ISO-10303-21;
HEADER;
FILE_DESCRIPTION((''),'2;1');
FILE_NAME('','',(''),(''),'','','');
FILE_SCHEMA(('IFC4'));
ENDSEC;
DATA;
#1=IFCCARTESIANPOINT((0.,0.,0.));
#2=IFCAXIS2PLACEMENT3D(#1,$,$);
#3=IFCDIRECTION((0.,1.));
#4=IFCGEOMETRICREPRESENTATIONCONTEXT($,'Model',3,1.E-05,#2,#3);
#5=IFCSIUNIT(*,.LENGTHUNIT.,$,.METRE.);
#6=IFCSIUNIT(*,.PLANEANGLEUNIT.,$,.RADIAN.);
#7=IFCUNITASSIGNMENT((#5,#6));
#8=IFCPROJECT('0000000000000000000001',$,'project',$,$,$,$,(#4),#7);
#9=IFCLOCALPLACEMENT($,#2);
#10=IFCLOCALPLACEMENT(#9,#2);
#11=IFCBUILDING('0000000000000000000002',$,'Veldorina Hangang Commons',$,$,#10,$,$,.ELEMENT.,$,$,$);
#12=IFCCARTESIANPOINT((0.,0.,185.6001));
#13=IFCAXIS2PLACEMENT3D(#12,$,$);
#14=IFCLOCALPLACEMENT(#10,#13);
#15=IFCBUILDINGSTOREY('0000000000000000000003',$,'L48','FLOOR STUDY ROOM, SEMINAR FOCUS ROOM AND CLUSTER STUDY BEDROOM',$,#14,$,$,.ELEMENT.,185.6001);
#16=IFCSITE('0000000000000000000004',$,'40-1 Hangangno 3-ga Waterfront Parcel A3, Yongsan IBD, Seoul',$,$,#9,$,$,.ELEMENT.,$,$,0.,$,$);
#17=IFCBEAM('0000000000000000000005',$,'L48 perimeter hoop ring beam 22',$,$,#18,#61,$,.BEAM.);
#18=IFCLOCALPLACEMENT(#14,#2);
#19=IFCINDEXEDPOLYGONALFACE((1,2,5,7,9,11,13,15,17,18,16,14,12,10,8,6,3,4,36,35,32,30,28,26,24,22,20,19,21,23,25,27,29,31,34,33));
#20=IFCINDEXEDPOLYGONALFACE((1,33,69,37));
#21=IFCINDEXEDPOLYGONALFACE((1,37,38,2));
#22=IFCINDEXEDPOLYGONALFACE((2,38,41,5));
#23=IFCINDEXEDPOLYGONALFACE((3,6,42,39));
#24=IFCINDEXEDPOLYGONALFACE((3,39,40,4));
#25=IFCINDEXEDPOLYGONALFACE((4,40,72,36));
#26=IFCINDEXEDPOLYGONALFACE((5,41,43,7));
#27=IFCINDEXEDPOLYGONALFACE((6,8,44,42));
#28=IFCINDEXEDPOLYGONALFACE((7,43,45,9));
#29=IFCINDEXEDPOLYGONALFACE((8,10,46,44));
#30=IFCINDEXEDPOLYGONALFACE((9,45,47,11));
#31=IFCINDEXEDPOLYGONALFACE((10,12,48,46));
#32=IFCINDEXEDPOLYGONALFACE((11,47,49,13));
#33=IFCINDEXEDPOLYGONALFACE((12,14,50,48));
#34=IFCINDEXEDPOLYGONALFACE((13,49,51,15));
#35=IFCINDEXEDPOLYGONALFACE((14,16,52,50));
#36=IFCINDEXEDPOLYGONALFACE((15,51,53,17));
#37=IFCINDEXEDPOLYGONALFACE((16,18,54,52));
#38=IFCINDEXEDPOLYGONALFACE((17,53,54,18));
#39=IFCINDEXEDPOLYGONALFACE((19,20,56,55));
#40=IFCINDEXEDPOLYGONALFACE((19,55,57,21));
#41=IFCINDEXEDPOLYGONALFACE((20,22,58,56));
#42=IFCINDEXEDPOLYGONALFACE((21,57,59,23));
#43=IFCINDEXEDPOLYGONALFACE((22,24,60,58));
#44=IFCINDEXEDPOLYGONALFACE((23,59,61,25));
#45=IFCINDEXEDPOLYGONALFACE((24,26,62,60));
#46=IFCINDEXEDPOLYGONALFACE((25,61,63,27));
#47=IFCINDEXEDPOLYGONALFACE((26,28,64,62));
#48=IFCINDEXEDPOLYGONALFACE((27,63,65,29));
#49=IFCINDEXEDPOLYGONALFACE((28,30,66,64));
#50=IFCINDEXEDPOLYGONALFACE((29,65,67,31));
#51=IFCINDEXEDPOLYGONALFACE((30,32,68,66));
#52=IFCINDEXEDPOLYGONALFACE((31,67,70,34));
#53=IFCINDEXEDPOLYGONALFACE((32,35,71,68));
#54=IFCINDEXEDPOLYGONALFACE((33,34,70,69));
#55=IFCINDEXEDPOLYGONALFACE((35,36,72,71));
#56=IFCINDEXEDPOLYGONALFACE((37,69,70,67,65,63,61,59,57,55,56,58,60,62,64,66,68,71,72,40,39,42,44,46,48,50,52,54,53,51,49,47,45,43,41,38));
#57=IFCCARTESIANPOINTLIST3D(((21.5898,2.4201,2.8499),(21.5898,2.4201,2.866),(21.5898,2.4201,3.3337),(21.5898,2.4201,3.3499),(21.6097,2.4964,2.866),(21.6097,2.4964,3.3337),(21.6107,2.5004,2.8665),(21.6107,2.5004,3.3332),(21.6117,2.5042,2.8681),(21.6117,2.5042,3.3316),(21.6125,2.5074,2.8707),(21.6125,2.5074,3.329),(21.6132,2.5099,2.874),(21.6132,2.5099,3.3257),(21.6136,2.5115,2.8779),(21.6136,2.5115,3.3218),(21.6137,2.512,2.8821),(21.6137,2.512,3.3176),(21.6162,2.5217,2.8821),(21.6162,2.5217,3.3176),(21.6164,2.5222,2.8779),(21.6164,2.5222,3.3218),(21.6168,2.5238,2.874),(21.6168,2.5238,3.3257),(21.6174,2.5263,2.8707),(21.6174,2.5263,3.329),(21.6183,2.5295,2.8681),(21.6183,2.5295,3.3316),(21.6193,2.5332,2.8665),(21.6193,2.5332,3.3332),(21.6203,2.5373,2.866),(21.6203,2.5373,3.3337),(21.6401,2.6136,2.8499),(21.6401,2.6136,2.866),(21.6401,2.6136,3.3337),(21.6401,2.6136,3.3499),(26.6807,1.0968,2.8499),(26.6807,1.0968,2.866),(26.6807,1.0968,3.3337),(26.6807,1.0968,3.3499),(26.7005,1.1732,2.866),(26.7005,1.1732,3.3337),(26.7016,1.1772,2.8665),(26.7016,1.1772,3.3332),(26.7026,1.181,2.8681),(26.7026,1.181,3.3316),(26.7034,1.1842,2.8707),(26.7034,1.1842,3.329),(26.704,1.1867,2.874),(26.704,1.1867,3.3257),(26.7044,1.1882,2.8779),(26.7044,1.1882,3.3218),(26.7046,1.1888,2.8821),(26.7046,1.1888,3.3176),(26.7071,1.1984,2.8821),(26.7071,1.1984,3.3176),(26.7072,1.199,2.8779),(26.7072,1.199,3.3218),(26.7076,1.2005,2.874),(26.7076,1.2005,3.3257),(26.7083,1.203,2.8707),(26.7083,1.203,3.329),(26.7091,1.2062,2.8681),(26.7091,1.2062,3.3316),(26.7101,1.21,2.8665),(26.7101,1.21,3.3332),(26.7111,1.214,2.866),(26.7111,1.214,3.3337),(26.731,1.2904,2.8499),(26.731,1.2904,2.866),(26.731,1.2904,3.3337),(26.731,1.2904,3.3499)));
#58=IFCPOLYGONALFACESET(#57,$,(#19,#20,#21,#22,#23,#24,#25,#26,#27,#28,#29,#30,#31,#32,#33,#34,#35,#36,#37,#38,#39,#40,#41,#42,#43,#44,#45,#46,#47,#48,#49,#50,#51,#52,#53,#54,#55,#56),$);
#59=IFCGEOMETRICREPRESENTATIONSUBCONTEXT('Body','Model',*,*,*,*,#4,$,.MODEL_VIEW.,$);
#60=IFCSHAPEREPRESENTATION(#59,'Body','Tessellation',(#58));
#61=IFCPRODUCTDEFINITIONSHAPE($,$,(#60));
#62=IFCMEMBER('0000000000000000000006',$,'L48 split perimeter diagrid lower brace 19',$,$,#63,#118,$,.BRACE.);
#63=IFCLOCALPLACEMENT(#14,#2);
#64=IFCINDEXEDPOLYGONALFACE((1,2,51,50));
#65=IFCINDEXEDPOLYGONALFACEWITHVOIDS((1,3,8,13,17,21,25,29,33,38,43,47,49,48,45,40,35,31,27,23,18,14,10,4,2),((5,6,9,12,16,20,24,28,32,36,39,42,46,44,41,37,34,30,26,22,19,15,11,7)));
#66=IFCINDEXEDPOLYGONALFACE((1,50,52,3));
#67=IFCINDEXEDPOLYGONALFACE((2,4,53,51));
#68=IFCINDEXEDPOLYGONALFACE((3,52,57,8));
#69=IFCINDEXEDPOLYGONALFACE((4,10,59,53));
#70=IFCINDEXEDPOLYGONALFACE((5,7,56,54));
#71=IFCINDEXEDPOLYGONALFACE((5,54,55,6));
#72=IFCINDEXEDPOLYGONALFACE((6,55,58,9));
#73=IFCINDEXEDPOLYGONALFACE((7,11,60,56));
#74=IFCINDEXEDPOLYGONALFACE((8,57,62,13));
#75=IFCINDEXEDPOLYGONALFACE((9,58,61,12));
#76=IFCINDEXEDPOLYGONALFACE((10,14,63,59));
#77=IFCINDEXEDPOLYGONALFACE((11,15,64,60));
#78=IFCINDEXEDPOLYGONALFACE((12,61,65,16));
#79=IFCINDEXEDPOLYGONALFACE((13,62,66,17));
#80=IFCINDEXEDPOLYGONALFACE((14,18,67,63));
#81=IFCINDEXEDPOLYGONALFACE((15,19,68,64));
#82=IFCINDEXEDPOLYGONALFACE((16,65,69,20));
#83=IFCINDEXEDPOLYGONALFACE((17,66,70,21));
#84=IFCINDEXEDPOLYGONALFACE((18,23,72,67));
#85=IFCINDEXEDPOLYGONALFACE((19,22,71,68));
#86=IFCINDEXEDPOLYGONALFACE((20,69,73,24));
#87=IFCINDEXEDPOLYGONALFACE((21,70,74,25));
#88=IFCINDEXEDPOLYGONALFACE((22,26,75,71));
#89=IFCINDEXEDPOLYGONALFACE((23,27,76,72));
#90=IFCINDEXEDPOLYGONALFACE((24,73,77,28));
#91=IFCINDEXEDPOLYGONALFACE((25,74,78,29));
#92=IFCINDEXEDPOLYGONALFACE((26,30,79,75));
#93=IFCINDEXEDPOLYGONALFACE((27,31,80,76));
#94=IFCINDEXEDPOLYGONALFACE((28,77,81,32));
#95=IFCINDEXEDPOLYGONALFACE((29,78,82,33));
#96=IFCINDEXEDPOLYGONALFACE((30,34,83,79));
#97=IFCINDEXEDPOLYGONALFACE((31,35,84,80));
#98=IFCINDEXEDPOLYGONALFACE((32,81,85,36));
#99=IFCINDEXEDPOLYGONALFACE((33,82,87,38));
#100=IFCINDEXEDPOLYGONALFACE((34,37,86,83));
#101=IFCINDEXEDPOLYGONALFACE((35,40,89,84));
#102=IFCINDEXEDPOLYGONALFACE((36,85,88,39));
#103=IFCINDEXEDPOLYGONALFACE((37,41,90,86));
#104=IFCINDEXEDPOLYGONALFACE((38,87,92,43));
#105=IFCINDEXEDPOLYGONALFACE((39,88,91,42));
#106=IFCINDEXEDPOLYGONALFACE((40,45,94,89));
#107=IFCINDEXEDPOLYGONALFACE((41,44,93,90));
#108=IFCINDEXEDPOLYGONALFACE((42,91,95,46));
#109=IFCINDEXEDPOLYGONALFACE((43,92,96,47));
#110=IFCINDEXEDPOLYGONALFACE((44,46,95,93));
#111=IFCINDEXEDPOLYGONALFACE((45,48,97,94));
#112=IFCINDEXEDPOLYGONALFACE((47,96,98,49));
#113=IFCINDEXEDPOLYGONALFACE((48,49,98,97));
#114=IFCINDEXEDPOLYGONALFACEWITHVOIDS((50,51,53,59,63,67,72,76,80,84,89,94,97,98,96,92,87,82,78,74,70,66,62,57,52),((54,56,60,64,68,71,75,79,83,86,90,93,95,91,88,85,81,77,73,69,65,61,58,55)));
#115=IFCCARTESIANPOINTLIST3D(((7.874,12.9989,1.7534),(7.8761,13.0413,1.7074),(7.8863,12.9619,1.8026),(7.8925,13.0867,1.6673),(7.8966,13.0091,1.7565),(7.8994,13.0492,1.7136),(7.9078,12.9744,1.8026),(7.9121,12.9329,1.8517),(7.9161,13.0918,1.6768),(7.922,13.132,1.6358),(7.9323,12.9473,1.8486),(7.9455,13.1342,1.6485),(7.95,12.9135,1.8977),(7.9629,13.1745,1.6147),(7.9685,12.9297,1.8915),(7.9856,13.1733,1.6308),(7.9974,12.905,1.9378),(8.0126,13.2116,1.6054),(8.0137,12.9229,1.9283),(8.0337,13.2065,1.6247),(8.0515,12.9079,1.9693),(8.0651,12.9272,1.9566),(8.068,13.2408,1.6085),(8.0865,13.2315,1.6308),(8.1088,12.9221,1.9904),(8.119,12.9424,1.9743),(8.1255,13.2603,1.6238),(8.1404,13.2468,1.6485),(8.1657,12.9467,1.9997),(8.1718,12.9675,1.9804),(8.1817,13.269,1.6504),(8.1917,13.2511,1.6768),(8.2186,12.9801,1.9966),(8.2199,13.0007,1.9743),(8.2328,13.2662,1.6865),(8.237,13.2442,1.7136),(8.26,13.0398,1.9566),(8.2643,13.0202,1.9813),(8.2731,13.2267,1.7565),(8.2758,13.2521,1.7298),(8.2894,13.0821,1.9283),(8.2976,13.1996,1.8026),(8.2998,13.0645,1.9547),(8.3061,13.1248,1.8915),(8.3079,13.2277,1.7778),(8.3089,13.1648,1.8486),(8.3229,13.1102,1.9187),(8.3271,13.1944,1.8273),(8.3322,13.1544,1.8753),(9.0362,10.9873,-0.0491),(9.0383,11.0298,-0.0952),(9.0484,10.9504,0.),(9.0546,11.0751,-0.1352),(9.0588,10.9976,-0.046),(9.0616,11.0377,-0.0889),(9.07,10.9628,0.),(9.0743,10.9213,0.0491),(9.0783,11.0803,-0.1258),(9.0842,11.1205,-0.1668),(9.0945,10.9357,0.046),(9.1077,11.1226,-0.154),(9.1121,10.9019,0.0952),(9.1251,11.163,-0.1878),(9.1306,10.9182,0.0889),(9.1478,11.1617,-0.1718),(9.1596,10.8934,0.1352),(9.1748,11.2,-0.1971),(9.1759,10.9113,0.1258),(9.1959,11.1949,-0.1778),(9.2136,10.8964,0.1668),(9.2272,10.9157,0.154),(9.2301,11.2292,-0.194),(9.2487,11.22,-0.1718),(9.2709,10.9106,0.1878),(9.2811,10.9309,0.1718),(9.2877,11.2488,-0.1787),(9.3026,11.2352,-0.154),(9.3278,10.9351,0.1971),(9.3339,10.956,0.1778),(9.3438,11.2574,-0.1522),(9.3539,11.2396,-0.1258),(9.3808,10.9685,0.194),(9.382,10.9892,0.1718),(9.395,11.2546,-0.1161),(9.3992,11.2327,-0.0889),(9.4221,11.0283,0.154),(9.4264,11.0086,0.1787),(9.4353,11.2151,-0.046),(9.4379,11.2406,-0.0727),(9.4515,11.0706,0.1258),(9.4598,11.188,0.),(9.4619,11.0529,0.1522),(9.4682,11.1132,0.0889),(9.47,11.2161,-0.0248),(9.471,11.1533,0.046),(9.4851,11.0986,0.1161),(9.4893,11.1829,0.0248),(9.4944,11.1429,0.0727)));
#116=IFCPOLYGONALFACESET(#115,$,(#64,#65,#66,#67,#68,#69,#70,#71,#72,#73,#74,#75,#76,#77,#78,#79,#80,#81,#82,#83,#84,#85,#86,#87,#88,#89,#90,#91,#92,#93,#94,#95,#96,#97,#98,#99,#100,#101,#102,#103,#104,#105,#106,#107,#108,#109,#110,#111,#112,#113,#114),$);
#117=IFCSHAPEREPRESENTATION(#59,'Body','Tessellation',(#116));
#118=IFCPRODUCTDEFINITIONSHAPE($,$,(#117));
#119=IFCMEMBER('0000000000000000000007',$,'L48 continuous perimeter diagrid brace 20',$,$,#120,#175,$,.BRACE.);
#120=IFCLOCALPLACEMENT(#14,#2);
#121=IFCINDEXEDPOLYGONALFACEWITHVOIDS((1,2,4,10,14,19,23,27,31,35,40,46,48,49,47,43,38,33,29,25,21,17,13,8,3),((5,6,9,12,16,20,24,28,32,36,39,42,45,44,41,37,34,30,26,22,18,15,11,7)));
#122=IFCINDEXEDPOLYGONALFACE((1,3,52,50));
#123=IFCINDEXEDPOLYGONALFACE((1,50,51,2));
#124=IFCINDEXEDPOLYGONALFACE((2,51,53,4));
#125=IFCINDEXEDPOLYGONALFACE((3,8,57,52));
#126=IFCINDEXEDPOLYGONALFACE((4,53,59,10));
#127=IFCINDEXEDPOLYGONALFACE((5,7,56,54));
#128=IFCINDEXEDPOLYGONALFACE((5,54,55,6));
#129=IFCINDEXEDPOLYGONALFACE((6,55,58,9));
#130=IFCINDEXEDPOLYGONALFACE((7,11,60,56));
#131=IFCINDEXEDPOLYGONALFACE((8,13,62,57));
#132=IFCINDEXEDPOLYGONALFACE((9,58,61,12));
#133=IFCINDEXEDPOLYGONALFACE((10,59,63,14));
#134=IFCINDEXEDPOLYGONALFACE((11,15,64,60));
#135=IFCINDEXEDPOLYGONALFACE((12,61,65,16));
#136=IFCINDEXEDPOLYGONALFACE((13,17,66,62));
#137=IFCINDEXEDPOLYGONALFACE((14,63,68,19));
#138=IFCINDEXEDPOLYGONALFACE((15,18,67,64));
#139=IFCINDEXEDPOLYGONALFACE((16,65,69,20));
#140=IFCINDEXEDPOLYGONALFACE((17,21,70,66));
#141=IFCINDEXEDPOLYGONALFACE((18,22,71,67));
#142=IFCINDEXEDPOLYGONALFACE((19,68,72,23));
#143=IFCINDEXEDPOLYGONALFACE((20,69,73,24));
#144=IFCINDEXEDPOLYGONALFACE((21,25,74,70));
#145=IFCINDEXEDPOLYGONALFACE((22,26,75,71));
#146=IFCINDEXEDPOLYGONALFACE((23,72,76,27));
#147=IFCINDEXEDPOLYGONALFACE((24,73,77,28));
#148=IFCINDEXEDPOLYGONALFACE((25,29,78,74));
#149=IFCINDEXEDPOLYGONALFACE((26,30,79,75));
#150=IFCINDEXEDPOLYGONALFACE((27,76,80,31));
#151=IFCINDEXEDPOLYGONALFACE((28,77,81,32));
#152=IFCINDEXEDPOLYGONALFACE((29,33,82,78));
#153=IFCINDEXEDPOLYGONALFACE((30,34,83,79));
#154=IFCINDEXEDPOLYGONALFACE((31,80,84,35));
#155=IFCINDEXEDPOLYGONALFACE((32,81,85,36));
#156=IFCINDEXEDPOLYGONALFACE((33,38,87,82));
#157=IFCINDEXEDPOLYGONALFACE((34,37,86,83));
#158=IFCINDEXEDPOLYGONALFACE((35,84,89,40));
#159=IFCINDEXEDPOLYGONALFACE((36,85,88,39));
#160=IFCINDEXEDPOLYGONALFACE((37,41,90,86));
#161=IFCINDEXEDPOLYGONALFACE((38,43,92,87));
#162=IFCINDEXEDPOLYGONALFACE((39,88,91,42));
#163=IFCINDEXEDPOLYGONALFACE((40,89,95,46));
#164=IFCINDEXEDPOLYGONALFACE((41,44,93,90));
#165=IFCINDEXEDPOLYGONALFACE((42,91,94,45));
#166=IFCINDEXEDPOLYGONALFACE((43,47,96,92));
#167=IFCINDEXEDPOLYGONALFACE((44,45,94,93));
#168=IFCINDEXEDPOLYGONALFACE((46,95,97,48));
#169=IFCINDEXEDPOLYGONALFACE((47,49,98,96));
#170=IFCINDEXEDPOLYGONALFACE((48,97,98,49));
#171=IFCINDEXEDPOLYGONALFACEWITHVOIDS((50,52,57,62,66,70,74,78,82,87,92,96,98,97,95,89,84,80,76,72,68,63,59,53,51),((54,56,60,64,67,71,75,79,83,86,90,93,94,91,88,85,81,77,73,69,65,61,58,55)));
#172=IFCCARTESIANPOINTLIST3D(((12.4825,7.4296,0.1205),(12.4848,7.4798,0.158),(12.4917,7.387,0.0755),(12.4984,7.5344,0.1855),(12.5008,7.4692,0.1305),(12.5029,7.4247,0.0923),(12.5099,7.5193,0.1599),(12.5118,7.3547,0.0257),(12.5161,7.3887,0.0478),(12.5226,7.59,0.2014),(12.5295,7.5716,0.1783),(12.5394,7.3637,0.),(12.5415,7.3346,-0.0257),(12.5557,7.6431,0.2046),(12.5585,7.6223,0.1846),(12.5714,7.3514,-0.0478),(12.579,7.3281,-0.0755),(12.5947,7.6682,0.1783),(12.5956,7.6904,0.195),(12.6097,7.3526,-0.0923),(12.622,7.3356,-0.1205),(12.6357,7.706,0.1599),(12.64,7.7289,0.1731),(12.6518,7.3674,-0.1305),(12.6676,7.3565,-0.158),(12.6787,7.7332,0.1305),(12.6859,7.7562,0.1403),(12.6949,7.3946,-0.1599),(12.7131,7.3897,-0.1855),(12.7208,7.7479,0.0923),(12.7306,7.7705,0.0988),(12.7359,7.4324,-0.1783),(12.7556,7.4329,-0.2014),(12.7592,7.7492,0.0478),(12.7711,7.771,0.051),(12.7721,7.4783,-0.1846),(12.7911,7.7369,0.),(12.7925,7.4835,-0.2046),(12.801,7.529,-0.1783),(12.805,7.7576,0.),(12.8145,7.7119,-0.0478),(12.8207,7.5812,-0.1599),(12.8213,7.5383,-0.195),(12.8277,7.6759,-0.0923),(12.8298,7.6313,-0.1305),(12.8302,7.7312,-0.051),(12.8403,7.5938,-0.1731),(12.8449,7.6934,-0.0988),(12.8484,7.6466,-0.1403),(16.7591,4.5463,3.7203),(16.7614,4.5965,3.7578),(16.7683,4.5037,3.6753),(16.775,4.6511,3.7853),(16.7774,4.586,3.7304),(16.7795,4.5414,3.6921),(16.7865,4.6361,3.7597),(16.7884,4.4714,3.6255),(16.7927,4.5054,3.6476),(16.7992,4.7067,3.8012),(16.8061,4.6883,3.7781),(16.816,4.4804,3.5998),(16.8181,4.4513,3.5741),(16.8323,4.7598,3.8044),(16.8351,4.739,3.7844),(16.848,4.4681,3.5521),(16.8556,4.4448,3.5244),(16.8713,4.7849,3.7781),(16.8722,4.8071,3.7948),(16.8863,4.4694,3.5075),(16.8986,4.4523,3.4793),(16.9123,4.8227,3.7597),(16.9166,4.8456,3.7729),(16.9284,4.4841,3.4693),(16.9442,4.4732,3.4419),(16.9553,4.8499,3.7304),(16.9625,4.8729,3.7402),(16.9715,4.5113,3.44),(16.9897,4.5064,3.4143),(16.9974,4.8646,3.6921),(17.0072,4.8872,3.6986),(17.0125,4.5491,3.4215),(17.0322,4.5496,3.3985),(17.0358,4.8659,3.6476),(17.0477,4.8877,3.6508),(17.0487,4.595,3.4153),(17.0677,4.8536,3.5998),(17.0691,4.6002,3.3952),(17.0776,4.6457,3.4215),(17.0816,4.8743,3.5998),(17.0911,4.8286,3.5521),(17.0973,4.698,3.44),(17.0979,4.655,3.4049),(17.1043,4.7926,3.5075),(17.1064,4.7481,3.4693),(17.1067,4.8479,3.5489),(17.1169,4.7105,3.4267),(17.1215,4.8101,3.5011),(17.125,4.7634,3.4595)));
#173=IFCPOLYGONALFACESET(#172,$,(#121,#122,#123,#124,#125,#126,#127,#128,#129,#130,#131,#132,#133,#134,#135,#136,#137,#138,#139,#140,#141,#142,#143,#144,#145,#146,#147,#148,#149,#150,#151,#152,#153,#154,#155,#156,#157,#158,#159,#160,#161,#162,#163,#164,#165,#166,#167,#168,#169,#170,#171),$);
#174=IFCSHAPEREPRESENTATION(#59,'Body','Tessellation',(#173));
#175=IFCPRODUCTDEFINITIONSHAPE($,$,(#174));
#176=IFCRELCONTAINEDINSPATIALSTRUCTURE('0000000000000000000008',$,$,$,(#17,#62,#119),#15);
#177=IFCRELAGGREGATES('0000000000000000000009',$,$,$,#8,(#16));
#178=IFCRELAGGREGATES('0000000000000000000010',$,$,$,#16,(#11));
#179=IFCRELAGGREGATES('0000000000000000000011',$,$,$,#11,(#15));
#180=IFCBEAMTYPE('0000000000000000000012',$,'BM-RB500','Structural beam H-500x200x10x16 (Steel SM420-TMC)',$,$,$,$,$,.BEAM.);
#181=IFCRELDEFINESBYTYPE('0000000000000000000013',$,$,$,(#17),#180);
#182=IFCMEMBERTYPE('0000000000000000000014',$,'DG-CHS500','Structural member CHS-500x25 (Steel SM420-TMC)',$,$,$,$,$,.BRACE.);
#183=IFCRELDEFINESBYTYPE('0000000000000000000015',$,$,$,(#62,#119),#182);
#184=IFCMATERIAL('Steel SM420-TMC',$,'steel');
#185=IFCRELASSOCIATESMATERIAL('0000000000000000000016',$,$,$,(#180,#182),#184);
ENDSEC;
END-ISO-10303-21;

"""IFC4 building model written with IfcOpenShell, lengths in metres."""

from ifc_helpers import new_model, si_unit, direction, frame, origin, origin_2d, place, context, subcontext, project, spatial, hollow_circle, i_section, extrude, material, material_profile, profile_set, type_object, element, save


model = new_model("IFC4")

# Units and contexts
model_context = context("Model", 3, precision=1e-05, world=origin(), true_north=direction((0.0, 1.0)))
body_context = subcontext(model_context, "Body", "Model", "MODEL_VIEW")
ifc_project = project(units=[si_unit("LENGTHUNIT", "METRE"), si_unit("PLANEANGLEUNIT", "RADIAN")], contexts=[model_context])

# Site, building, storey
site_placement = place(None, origin())
site = spatial("IfcSite", under=ifc_project, at=site_placement, Name="40-1 Hangangno 3-ga Waterfront Parcel A3, Yongsan IBD, Seoul", CompositionType="ELEMENT", RefElevation=0.0)
building_placement = place(site_placement, origin())
building = spatial("IfcBuilding", under=site, at=building_placement, Name="Veldorina Hangang Commons", CompositionType="ELEMENT")
storey_placement = place(building_placement, frame((0.0, 0.0, 185.6001)))
storey = spatial("IfcBuildingStorey", under=building, at=storey_placement, Name="L48", Description="FLOOR STUDY ROOM, SEMINAR FOCUS ROOM AND CLUSTER STUDY BEDROOM", CompositionType="ELEMENT", Elevation=185.6001)

# Beam
ifc_material_1 = material(Name="Steel SM420-TMC", Category="steel")
ifc_material_profile_1 = material_profile(ifc_material_1, i_section(OverallWidth=0.2, OverallDepth=0.5, WebThickness=0.01, FlangeThickness=0.0161, FilletRadius=0.0161, at=origin_2d()), Name="H-500x200x10x16")
ifc_profile_set_1 = profile_set([ifc_material_profile_1], Name="Steel SM420-TMC")
beam_type_1 = type_object("IfcBeamType", Name="BM-RB500", Description="Structural beam H-500x200x10x16 (Steel SM420-TMC)", PredefinedType="BEAM", material=ifc_profile_set_1)
beam_1_placement = place(storey_placement, frame((21.615, 2.5168, 3.0999), z_axis=(0.96784, -0.251568, 0.0), x_axis=(0.251568, 0.96784, 0.0)))
element("IfcBeam", 1, at=beam_1_placement, inside=storey, type_object=beam_type_1, Name="L48 perimeter hoop ring beam 22", PredefinedType="BEAM", context=body_context, shape_type="SweptSolid", body=[
    extrude(i_section(OverallWidth=0.2, OverallDepth=0.5, WebThickness=0.01, FlangeThickness=0.0161, FilletRadius=0.0161, at=origin_2d()), origin(), (0.0, 0.0, 1.0), 5.26),
])

# Members
ifc_material_profile_2 = material_profile(ifc_material_1, hollow_circle(Radius=0.25, WallThickness=0.0249, at=origin_2d()), Name="CHS-500x25")
ifc_profile_set_2 = profile_set([ifc_material_profile_2], Name="Steel SM420-TMC")
member_type = type_object("IfcMemberType", Name="DG-CHS500", Description="Structural member CHS-500x25 (Steel SM420-TMC)", PredefinedType="BRACE", material=ifc_profile_set_2)
member_1_placement = place(storey_placement, frame((9.2649, 11.0754, 0.0), z_axis=(-0.395232, 0.6841, 0.613025), x_axis=(-0.865879, -0.500253, 0.0)))
element("IfcMember", 2, at=member_1_placement, inside=storey, type_object=member_type, Name="L48 split perimeter diagrid lower brace 19", PredefinedType="BRACE", context=body_context, shape_type="SweptSolid", body=[
    extrude(hollow_circle(Radius=0.25, WallThickness=0.0249, at=origin_2d()), origin(), (0.0, 0.0, 1.0), 2.9404),
])
member_2_placement = place(storey_placement, frame((12.6653, 7.5503, 0.0), z_axis=(0.679926, -0.458408, 0.572331), x_axis=(0.559018, 0.829155, 0.0)))
element("IfcMember", 3, at=member_2_placement, inside=storey, type_object=member_type, Name="L48 continuous perimeter diagrid brace 20", PredefinedType="BRACE", context=body_context, shape_type="SweptSolid", body=[
    extrude(hollow_circle(Radius=0.25, WallThickness=0.0249, at=origin_2d()), origin(), (0.0, 0.0, 1.0), 6.2898),
])

save(model, "model.ifc")
